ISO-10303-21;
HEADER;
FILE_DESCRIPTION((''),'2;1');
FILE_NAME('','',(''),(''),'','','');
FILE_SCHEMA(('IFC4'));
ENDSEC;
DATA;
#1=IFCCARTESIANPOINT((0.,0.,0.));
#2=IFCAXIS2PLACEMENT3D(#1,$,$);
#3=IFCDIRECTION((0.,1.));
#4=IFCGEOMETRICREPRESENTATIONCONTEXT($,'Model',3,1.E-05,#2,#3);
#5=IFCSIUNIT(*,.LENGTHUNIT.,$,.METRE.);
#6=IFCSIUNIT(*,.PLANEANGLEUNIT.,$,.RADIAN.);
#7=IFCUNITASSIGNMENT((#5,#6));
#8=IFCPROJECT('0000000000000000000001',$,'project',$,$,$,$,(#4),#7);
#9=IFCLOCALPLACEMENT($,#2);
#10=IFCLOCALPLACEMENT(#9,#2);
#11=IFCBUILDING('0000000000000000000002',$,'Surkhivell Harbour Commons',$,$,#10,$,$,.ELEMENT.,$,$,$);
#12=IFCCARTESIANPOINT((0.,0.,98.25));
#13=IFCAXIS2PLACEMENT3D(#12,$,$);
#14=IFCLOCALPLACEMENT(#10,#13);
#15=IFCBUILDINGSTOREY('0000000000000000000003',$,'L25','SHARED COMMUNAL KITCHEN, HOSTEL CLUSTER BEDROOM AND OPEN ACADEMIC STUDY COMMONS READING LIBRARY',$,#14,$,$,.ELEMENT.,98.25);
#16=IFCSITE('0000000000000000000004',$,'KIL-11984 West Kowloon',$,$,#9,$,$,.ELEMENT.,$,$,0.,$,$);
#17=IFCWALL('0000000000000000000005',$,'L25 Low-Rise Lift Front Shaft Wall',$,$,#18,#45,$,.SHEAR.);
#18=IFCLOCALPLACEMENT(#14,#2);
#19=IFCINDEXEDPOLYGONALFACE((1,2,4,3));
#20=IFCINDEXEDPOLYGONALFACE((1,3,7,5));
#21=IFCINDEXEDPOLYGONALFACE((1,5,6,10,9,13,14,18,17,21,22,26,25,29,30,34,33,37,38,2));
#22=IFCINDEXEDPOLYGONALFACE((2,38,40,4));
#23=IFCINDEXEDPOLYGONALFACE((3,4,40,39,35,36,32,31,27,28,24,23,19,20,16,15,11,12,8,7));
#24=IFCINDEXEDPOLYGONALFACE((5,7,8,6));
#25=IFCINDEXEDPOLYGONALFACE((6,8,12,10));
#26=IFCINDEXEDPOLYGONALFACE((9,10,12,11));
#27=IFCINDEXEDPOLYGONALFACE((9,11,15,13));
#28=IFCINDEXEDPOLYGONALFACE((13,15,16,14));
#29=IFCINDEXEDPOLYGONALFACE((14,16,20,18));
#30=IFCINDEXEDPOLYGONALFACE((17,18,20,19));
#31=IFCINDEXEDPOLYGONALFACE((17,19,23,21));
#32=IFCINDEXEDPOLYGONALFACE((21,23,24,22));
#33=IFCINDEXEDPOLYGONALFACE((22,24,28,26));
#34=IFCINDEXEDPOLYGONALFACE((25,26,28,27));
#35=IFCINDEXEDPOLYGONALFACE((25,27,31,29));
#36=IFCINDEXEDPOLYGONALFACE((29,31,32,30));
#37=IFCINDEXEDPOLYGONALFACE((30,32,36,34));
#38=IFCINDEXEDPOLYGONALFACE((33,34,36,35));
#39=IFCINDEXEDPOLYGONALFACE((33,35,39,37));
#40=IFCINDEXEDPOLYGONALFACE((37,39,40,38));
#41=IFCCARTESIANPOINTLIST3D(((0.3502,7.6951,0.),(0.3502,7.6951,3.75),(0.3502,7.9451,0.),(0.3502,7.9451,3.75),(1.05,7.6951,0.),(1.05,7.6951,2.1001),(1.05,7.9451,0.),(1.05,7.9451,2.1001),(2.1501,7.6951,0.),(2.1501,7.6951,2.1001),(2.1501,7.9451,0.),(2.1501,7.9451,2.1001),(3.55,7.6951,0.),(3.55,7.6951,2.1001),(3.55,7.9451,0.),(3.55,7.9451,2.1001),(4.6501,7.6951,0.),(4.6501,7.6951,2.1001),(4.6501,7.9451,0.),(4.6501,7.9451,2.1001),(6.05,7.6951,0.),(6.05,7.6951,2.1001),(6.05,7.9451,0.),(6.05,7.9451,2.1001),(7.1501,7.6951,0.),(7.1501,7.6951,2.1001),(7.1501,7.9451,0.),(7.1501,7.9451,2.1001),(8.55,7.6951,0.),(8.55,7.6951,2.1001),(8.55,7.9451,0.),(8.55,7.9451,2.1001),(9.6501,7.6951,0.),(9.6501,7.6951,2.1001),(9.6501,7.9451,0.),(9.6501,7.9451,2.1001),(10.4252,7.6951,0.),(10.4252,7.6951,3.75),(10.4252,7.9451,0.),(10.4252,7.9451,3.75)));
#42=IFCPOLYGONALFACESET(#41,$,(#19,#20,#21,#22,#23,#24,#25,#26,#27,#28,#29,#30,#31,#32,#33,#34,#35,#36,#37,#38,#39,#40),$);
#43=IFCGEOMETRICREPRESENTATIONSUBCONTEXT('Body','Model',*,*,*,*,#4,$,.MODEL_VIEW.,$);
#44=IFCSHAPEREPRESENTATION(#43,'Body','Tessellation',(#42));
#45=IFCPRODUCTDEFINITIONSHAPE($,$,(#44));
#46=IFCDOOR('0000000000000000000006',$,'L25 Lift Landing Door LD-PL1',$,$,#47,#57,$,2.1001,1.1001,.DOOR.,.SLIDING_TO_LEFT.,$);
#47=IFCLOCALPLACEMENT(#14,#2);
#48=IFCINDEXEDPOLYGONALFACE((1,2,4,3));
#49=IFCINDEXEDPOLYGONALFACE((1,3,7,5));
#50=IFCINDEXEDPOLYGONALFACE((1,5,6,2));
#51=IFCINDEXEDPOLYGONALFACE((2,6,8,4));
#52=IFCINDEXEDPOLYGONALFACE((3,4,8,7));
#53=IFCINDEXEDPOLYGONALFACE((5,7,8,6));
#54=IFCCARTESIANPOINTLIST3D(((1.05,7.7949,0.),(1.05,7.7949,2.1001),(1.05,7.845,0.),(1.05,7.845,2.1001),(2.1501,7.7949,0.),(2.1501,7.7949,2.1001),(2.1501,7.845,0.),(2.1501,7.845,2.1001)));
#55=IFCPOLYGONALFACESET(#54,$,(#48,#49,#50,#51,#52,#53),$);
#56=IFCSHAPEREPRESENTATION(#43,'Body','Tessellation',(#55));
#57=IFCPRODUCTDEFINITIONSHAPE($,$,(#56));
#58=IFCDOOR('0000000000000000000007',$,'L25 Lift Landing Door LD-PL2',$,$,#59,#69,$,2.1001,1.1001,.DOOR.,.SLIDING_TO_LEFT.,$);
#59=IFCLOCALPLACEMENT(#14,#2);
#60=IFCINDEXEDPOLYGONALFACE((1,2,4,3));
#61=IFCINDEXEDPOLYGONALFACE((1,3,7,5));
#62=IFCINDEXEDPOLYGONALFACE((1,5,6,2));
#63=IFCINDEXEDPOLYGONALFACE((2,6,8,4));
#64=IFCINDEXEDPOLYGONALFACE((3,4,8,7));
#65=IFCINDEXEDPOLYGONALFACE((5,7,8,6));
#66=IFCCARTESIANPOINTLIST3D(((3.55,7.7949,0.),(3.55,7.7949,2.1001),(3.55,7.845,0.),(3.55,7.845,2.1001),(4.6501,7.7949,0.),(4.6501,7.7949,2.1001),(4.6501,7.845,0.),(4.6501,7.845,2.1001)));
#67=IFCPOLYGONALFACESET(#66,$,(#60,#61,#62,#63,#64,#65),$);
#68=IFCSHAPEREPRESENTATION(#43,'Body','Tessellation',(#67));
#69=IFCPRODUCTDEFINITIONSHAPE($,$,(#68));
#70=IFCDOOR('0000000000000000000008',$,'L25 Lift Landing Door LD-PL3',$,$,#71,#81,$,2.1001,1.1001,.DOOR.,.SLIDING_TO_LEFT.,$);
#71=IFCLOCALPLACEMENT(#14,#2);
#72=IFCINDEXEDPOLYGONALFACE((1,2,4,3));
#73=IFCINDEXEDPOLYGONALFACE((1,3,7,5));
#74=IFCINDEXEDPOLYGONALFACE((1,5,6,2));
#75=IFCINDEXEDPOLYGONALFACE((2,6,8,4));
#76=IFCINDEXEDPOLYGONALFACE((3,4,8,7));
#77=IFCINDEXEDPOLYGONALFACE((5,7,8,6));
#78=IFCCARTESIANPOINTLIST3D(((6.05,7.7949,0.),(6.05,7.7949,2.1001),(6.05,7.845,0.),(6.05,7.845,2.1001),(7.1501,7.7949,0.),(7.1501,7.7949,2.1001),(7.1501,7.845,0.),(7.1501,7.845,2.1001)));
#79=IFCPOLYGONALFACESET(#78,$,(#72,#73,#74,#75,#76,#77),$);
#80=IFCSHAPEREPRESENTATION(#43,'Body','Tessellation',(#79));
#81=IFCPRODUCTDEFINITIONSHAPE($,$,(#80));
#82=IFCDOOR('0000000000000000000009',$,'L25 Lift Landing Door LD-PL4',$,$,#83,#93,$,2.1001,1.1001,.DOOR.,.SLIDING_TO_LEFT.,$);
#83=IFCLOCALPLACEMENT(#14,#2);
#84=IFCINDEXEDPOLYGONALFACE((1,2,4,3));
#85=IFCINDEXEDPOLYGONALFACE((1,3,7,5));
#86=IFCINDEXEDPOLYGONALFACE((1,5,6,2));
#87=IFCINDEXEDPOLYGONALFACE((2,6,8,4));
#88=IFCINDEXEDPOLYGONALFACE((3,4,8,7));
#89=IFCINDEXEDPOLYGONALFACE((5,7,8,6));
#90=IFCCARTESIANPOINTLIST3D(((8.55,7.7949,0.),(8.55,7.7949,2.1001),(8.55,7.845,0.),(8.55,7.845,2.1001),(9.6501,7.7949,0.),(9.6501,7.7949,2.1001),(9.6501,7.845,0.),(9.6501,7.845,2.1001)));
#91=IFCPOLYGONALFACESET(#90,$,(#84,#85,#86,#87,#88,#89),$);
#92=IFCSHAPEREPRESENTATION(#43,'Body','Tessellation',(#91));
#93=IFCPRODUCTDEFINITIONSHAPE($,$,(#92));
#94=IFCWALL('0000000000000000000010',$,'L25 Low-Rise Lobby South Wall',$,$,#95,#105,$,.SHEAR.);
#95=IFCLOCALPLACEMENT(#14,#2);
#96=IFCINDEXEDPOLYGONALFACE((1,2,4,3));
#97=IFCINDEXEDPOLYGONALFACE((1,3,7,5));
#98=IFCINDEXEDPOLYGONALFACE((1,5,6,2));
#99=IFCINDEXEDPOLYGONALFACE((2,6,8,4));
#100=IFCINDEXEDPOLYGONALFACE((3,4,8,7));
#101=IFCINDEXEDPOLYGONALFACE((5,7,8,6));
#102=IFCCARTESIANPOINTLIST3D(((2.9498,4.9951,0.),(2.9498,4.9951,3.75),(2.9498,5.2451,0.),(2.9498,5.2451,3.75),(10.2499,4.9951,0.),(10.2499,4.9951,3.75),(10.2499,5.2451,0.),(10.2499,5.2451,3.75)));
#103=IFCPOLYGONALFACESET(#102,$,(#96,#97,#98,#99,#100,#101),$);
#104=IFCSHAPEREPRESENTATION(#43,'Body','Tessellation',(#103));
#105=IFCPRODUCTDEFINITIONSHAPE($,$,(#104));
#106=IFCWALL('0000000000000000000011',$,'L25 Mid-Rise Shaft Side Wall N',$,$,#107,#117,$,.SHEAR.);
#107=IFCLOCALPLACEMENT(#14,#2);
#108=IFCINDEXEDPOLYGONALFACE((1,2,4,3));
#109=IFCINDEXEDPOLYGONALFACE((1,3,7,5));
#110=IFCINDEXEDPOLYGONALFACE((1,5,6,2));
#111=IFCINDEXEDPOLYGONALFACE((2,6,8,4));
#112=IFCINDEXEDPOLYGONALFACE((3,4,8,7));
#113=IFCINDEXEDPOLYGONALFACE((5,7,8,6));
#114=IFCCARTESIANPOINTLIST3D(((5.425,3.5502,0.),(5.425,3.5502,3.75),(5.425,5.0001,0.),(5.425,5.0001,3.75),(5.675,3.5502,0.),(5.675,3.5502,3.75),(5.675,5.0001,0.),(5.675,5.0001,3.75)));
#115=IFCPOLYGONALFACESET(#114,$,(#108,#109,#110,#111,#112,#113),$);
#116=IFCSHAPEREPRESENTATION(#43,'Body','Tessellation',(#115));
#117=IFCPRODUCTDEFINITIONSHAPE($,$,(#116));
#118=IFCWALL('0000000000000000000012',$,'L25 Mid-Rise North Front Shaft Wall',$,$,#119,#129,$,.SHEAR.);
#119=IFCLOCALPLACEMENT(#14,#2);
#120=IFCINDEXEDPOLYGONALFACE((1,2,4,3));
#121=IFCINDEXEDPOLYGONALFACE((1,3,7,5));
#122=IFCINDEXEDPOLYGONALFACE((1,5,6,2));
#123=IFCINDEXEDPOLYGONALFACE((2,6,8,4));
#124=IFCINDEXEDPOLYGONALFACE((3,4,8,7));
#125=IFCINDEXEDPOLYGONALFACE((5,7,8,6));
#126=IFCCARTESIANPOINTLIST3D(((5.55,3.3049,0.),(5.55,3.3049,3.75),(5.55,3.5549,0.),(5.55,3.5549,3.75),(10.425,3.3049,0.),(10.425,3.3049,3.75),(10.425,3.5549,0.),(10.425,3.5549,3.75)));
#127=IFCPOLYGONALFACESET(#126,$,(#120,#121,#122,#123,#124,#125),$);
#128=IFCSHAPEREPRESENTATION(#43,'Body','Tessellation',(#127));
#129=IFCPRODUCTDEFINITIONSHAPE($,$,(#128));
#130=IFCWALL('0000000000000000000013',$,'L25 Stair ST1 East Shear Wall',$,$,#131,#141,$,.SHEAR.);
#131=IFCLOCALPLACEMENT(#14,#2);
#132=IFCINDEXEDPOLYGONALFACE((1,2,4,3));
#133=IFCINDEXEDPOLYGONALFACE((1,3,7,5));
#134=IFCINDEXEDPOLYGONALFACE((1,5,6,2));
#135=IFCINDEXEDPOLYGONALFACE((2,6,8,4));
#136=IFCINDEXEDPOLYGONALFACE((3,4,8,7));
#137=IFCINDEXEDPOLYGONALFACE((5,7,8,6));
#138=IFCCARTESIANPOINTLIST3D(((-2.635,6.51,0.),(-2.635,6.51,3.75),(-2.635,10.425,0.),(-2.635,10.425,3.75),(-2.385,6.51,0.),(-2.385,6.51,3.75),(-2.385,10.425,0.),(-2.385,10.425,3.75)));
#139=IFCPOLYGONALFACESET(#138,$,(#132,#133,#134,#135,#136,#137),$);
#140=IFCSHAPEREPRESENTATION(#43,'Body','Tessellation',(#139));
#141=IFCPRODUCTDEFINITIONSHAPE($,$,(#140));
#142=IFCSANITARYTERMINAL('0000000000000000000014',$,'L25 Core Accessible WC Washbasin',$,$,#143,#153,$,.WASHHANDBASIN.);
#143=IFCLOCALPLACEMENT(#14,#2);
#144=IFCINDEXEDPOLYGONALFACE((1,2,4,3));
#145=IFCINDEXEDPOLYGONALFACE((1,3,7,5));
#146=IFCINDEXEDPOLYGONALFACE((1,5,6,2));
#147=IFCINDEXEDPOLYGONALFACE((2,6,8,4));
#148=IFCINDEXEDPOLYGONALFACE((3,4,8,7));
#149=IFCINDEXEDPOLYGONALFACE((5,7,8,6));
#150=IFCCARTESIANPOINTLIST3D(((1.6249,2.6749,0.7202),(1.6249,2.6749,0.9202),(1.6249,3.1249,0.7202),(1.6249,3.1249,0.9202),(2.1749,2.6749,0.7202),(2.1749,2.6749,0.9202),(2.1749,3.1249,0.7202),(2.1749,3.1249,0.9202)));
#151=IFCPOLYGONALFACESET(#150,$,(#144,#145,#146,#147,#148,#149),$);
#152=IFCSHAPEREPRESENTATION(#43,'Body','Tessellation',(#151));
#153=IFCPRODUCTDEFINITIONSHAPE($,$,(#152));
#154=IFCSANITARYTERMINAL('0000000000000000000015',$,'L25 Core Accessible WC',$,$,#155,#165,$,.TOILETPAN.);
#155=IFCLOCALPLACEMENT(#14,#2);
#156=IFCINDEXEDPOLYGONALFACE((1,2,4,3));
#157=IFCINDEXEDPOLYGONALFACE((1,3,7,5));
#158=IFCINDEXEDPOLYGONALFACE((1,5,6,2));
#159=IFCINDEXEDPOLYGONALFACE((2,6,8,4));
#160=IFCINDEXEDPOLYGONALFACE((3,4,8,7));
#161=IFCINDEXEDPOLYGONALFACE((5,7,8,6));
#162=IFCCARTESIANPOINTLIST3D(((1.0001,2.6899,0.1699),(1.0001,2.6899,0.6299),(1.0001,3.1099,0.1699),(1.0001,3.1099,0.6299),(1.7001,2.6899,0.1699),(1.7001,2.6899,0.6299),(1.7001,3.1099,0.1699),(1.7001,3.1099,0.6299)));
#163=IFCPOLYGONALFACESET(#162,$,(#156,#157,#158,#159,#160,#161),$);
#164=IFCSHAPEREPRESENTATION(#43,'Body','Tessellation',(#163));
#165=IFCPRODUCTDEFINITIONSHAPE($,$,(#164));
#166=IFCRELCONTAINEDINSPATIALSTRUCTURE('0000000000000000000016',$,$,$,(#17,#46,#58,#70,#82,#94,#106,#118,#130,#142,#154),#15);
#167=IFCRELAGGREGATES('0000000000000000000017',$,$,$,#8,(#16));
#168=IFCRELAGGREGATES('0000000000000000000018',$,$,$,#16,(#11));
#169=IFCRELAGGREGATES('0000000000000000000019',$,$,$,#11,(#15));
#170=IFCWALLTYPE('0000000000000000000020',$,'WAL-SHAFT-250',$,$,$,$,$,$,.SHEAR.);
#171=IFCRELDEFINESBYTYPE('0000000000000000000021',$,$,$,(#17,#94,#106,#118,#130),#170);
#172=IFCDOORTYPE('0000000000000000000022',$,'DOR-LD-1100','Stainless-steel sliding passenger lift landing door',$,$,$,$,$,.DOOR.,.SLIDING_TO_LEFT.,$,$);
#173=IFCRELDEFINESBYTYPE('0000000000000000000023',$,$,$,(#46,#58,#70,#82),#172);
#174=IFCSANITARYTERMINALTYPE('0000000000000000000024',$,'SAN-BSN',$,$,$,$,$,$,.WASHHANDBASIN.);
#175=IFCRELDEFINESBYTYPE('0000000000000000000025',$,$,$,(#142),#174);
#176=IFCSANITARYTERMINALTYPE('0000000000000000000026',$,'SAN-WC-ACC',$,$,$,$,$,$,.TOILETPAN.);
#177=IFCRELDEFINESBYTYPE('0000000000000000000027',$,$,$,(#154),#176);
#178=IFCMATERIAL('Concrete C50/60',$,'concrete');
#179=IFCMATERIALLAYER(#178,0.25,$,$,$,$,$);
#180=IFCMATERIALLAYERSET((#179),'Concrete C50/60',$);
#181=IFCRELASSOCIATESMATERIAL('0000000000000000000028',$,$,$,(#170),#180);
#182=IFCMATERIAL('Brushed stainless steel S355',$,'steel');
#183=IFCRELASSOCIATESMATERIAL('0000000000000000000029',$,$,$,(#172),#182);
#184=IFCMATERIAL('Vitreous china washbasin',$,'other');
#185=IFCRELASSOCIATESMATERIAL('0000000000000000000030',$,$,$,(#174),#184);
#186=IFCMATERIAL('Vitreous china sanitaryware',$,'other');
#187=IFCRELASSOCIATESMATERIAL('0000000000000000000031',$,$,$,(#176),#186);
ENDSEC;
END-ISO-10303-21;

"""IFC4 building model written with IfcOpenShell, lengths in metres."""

from ifc_helpers import new_model, si_unit, direction, frame, frame_2d, origin, origin_2d, place, context, subcontext, project, spatial, rectangle, extrude, material, layer, layer_set, type_object, element, fill, save


model = new_model("IFC4")

# Units and contexts
model_context = context("Model", 3, precision=1e-05, world=origin(), true_north=direction((0.0, 1.0)))
body_context = subcontext(model_context, "Body", "Model", "MODEL_VIEW")
ifc_project = project(units=[si_unit("LENGTHUNIT", "METRE"), si_unit("PLANEANGLEUNIT", "RADIAN")], contexts=[model_context])

# Site, building, storey
site_placement = place(None, origin())
site = spatial("IfcSite", under=ifc_project, at=site_placement, Name="KIL-11984 West Kowloon", CompositionType="ELEMENT", RefElevation=0.0)
building_placement = place(site_placement, origin())
building = spatial("IfcBuilding", under=site, at=building_placement, Name="Surkhivell Harbour Commons", CompositionType="ELEMENT")
storey_placement = place(building_placement, frame((0.0, 0.0, 98.25)))
storey = spatial("IfcBuildingStorey", under=building, at=storey_placement, Name="L25", Description="SHARED COMMUNAL KITCHEN, HOSTEL CLUSTER BEDROOM AND OPEN ACADEMIC STUDY COMMONS READING LIBRARY", CompositionType="ELEMENT", Elevation=98.25)

# Shared definitions
ifc_material_1 = material(Name="Concrete C50/60", Category="concrete")
ifc_layer_1 = layer(ifc_material_1, 0.25)
ifc_layer_set_1 = layer_set([ifc_layer_1], Name="Concrete C50/60")
wall_type_1 = type_object("IfcWallType", Name="WAL-SHAFT-250", PredefinedType="SHEAR", material=ifc_layer_set_1)

# Wall, openings, doors
wall_1_placement = place(storey_placement, frame((0.3501, 7.8201, 0.0), z_axis=(0.0, 0.0, 1.0), x_axis=(1.0, 0.0, 0.0)))
wall_1 = element("IfcWall", 1, at=wall_1_placement, inside=storey, type_object=wall_type_1, Name="L25 Low-Rise Lift Front Shaft Wall", PredefinedType="SHEAR", context=body_context, shape_type="SweptSolid", body=[
    extrude(rectangle(XDim=10.075, YDim=0.25, at=frame_2d((5.0376, 0.0))), origin(), (0.0, 0.0, 1.0), 3.75),
])
opening_1_placement = place(wall_1_placement, frame((0.7, 0.0, 0.0)))
opening_1 = element("IfcOpeningElement", 2, at=opening_1_placement, cuts=wall_1, PredefinedType="OPENING", context=body_context, shape_type="SweptSolid", body=[
    extrude(rectangle(XDim=1.1001, YDim=2.1001, at=frame_2d((0.55, 1.05))), frame((0.0, 0.135, 0.0), z_axis=(0.0, -1.0, 0.0), x_axis=(1.0, 0.0, 0.0)), (0.0, 0.0, 1.0), 0.27),
])
opening_2_placement = place(wall_1_placement, frame((3.2, 0.0, 0.0)))
opening_2 = element("IfcOpeningElement", 3, at=opening_2_placement, cuts=wall_1, PredefinedType="OPENING", context=body_context, shape_type="SweptSolid", body=[
    extrude(rectangle(XDim=1.1001, YDim=2.1001, at=frame_2d((0.55, 1.05))), frame((0.0, 0.135, 0.0), z_axis=(0.0, -1.0, 0.0), x_axis=(1.0, 0.0, 0.0)), (0.0, 0.0, 1.0), 0.27),
])
opening_3_placement = place(wall_1_placement, frame((5.7, 0.0, 0.0)))
opening_3 = element("IfcOpeningElement", 4, at=opening_3_placement, cuts=wall_1, PredefinedType="OPENING", context=body_context, shape_type="SweptSolid", body=[
    extrude(rectangle(XDim=1.1001, YDim=2.1001, at=frame_2d((0.55, 1.05))), frame((0.0, 0.135, 0.0), z_axis=(0.0, -1.0, 0.0), x_axis=(1.0, 0.0, 0.0)), (0.0, 0.0, 1.0), 0.27),
])
opening_4_placement = place(wall_1_placement, frame((8.2, 0.0, 0.0)))
opening_4 = element("IfcOpeningElement", 5, at=opening_4_placement, cuts=wall_1, PredefinedType="OPENING", context=body_context, shape_type="SweptSolid", body=[
    extrude(rectangle(XDim=1.1001, YDim=2.1001, at=frame_2d((0.55, 1.05))), frame((0.0, 0.135, 0.0), z_axis=(0.0, -1.0, 0.0), x_axis=(1.0, 0.0, 0.0)), (0.0, 0.0, 1.0), 0.27),
])
ifc_material_2 = material(Name="Brushed stainless steel S355", Category="steel")
door_type_1 = type_object("IfcDoorType", Name="DOR-LD-1100", Description="Stainless-steel sliding passenger lift landing door", OperationType="SLIDING_TO_LEFT", PredefinedType="DOOR", material=ifc_material_2)
door_1_placement = place(opening_1_placement, origin())
door_1 = element("IfcDoor", 6, at=door_1_placement, inside=storey, type_object=door_type_1, Name="L25 Lift Landing Door LD-PL1", OperationType="SLIDING_TO_LEFT", OverallHeight=2.1001, OverallWidth=1.1001, PredefinedType="DOOR", context=body_context, shape_type="SweptSolid", body=[
    extrude(rectangle(XDim=1.1001, YDim=2.1001, at=frame_2d((0.55, 1.05))), frame((0.0, 0.0249, 0.0), z_axis=(0.0, -1.0, 0.0), x_axis=(1.0, 0.0, 0.0)), (0.0, 0.0, 1.0), 0.05),
])
fill(opening_1, door_1)
door_2_placement = place(opening_2_placement, origin())
door_2 = element("IfcDoor", 7, at=door_2_placement, inside=storey, type_object=door_type_1, Name="L25 Lift Landing Door LD-PL2", OperationType="SLIDING_TO_LEFT", OverallHeight=2.1001, OverallWidth=1.1001, PredefinedType="DOOR", context=body_context, shape_type="SweptSolid", body=[
    extrude(rectangle(XDim=1.1001, YDim=2.1001, at=frame_2d((0.55, 1.05))), frame((0.0, 0.0249, 0.0), z_axis=(0.0, -1.0, 0.0), x_axis=(1.0, 0.0, 0.0)), (0.0, 0.0, 1.0), 0.05),
])
fill(opening_2, door_2)
door_3_placement = place(opening_3_placement, origin())
door_3 = element("IfcDoor", 8, at=door_3_placement, inside=storey, type_object=door_type_1, Name="L25 Lift Landing Door LD-PL3", OperationType="SLIDING_TO_LEFT", OverallHeight=2.1001, OverallWidth=1.1001, PredefinedType="DOOR", context=body_context, shape_type="SweptSolid", body=[
    extrude(rectangle(XDim=1.1001, YDim=2.1001, at=frame_2d((0.55, 1.05))), frame((0.0, 0.0249, 0.0), z_axis=(0.0, -1.0, 0.0), x_axis=(1.0, 0.0, 0.0)), (0.0, 0.0, 1.0), 0.05),
])
fill(opening_3, door_3)
door_4_placement = place(opening_4_placement, origin())
door_4 = element("IfcDoor", 9, at=door_4_placement, inside=storey, type_object=door_type_1, Name="L25 Lift Landing Door LD-PL4", OperationType="SLIDING_TO_LEFT", OverallHeight=2.1001, OverallWidth=1.1001, PredefinedType="DOOR", context=body_context, shape_type="SweptSolid", body=[
    extrude(rectangle(XDim=1.1001, YDim=2.1001, at=frame_2d((0.55, 1.05))), frame((0.0, 0.0249, 0.0), z_axis=(0.0, -1.0, 0.0), x_axis=(1.0, 0.0, 0.0)), (0.0, 0.0, 1.0), 0.05),
])
fill(opening_4, door_4)

# Walls
wall_2_placement = place(storey_placement, frame((2.95, 5.1201, 0.0), z_axis=(0.0, 0.0, 1.0), x_axis=(1.0, 0.0, 0.0)))
element("IfcWall", 10, at=wall_2_placement, inside=storey, type_object=wall_type_1, Name="L25 Low-Rise Lobby South Wall", PredefinedType="SHEAR", context=body_context, shape_type="SweptSolid", body=[
    extrude(rectangle(XDim=7.3, YDim=0.25, at=frame_2d((3.6499, 0.0))), origin(), (0.0, 0.0, 1.0), 3.75),
])
wall_3_placement = place(storey_placement, frame((5.55, 3.55, 0.0), z_axis=(0.0, 0.0, 1.0), x_axis=(0.0, 1.0, 0.0)))
element("IfcWall", 11, at=wall_3_placement, inside=storey, type_object=wall_type_1, Name="L25 Mid-Rise Shaft Side Wall N", PredefinedType="SHEAR", context=body_context, shape_type="SweptSolid", body=[
    extrude(rectangle(XDim=1.45, YDim=0.25, at=frame_2d((0.7251, 0.0))), origin(), (0.0, 0.0, 1.0), 3.75),
])
wall_4_placement = place(storey_placement, frame((5.55, 3.4299, 0.0), z_axis=(0.0, 0.0, 1.0), x_axis=(1.0, 0.0, 0.0)))
element("IfcWall", 12, at=wall_4_placement, inside=storey, type_object=wall_type_1, Name="L25 Mid-Rise North Front Shaft Wall", PredefinedType="SHEAR", context=body_context, shape_type="SweptSolid", body=[
    extrude(rectangle(XDim=4.875, YDim=0.25, at=frame_2d((2.4375, 0.0))), origin(), (0.0, 0.0, 1.0), 3.75),
])
wall_5_placement = place(storey_placement, frame((-2.51, 6.51, 0.0), z_axis=(0.0, 0.0, 1.0), x_axis=(0.0, 1.0, 0.0)))
element("IfcWall", 13, at=wall_5_placement, inside=storey, type_object=wall_type_1, Name="L25 Stair ST1 East Shear Wall", PredefinedType="SHEAR", context=body_context, shape_type="SweptSolid", body=[
    extrude(rectangle(XDim=3.915, YDim=0.25, at=frame_2d((1.9575, 0.0))), origin(), (0.0, 0.0, 1.0), 3.75),
])

# Sanitary terminals
ifc_material_3 = material(Name="Vitreous china washbasin", Category="other")
sanitary_terminal_type_1 = type_object("IfcSanitaryTerminalType", Name="SAN-BSN", PredefinedType="WASHHANDBASIN", material=ifc_material_3)
sanitary_terminal_1_placement = place(storey_placement, frame((1.8999, 2.8999, 0.7202), z_axis=(0.0, 0.0, 1.0), x_axis=(1.0, 0.0, 0.0)))
element("IfcSanitaryTerminal", 14, at=sanitary_terminal_1_placement, inside=storey, type_object=sanitary_terminal_type_1, Name="L25 Core Accessible WC Washbasin", PredefinedType="WASHHANDBASIN", context=body_context, shape_type="SweptSolid", body=[
    extrude(rectangle(XDim=0.55, YDim=0.45, at=origin_2d()), origin(), (0.0, 0.0, 1.0), 0.2),
])
ifc_material_4 = material(Name="Vitreous china sanitaryware", Category="other")
sanitary_terminal_type_2 = type_object("IfcSanitaryTerminalType", Name="SAN-WC-ACC", PredefinedType="TOILETPAN", material=ifc_material_4)
sanitary_terminal_2_placement = place(storey_placement, frame((1.3501, 2.8999, 0.1699), z_axis=(0.0, 0.0, 1.0), x_axis=(1.0, 0.0, 0.0)))
element("IfcSanitaryTerminal", 15, at=sanitary_terminal_2_placement, inside=storey, type_object=sanitary_terminal_type_2, Name="L25 Core Accessible WC", PredefinedType="TOILETPAN", context=body_context, shape_type="SweptSolid", body=[
    extrude(rectangle(XDim=0.7, YDim=0.4199, at=origin_2d()), origin(), (0.0, 0.0, 1.0), 0.46),
])

save(model, "model.ifc")
